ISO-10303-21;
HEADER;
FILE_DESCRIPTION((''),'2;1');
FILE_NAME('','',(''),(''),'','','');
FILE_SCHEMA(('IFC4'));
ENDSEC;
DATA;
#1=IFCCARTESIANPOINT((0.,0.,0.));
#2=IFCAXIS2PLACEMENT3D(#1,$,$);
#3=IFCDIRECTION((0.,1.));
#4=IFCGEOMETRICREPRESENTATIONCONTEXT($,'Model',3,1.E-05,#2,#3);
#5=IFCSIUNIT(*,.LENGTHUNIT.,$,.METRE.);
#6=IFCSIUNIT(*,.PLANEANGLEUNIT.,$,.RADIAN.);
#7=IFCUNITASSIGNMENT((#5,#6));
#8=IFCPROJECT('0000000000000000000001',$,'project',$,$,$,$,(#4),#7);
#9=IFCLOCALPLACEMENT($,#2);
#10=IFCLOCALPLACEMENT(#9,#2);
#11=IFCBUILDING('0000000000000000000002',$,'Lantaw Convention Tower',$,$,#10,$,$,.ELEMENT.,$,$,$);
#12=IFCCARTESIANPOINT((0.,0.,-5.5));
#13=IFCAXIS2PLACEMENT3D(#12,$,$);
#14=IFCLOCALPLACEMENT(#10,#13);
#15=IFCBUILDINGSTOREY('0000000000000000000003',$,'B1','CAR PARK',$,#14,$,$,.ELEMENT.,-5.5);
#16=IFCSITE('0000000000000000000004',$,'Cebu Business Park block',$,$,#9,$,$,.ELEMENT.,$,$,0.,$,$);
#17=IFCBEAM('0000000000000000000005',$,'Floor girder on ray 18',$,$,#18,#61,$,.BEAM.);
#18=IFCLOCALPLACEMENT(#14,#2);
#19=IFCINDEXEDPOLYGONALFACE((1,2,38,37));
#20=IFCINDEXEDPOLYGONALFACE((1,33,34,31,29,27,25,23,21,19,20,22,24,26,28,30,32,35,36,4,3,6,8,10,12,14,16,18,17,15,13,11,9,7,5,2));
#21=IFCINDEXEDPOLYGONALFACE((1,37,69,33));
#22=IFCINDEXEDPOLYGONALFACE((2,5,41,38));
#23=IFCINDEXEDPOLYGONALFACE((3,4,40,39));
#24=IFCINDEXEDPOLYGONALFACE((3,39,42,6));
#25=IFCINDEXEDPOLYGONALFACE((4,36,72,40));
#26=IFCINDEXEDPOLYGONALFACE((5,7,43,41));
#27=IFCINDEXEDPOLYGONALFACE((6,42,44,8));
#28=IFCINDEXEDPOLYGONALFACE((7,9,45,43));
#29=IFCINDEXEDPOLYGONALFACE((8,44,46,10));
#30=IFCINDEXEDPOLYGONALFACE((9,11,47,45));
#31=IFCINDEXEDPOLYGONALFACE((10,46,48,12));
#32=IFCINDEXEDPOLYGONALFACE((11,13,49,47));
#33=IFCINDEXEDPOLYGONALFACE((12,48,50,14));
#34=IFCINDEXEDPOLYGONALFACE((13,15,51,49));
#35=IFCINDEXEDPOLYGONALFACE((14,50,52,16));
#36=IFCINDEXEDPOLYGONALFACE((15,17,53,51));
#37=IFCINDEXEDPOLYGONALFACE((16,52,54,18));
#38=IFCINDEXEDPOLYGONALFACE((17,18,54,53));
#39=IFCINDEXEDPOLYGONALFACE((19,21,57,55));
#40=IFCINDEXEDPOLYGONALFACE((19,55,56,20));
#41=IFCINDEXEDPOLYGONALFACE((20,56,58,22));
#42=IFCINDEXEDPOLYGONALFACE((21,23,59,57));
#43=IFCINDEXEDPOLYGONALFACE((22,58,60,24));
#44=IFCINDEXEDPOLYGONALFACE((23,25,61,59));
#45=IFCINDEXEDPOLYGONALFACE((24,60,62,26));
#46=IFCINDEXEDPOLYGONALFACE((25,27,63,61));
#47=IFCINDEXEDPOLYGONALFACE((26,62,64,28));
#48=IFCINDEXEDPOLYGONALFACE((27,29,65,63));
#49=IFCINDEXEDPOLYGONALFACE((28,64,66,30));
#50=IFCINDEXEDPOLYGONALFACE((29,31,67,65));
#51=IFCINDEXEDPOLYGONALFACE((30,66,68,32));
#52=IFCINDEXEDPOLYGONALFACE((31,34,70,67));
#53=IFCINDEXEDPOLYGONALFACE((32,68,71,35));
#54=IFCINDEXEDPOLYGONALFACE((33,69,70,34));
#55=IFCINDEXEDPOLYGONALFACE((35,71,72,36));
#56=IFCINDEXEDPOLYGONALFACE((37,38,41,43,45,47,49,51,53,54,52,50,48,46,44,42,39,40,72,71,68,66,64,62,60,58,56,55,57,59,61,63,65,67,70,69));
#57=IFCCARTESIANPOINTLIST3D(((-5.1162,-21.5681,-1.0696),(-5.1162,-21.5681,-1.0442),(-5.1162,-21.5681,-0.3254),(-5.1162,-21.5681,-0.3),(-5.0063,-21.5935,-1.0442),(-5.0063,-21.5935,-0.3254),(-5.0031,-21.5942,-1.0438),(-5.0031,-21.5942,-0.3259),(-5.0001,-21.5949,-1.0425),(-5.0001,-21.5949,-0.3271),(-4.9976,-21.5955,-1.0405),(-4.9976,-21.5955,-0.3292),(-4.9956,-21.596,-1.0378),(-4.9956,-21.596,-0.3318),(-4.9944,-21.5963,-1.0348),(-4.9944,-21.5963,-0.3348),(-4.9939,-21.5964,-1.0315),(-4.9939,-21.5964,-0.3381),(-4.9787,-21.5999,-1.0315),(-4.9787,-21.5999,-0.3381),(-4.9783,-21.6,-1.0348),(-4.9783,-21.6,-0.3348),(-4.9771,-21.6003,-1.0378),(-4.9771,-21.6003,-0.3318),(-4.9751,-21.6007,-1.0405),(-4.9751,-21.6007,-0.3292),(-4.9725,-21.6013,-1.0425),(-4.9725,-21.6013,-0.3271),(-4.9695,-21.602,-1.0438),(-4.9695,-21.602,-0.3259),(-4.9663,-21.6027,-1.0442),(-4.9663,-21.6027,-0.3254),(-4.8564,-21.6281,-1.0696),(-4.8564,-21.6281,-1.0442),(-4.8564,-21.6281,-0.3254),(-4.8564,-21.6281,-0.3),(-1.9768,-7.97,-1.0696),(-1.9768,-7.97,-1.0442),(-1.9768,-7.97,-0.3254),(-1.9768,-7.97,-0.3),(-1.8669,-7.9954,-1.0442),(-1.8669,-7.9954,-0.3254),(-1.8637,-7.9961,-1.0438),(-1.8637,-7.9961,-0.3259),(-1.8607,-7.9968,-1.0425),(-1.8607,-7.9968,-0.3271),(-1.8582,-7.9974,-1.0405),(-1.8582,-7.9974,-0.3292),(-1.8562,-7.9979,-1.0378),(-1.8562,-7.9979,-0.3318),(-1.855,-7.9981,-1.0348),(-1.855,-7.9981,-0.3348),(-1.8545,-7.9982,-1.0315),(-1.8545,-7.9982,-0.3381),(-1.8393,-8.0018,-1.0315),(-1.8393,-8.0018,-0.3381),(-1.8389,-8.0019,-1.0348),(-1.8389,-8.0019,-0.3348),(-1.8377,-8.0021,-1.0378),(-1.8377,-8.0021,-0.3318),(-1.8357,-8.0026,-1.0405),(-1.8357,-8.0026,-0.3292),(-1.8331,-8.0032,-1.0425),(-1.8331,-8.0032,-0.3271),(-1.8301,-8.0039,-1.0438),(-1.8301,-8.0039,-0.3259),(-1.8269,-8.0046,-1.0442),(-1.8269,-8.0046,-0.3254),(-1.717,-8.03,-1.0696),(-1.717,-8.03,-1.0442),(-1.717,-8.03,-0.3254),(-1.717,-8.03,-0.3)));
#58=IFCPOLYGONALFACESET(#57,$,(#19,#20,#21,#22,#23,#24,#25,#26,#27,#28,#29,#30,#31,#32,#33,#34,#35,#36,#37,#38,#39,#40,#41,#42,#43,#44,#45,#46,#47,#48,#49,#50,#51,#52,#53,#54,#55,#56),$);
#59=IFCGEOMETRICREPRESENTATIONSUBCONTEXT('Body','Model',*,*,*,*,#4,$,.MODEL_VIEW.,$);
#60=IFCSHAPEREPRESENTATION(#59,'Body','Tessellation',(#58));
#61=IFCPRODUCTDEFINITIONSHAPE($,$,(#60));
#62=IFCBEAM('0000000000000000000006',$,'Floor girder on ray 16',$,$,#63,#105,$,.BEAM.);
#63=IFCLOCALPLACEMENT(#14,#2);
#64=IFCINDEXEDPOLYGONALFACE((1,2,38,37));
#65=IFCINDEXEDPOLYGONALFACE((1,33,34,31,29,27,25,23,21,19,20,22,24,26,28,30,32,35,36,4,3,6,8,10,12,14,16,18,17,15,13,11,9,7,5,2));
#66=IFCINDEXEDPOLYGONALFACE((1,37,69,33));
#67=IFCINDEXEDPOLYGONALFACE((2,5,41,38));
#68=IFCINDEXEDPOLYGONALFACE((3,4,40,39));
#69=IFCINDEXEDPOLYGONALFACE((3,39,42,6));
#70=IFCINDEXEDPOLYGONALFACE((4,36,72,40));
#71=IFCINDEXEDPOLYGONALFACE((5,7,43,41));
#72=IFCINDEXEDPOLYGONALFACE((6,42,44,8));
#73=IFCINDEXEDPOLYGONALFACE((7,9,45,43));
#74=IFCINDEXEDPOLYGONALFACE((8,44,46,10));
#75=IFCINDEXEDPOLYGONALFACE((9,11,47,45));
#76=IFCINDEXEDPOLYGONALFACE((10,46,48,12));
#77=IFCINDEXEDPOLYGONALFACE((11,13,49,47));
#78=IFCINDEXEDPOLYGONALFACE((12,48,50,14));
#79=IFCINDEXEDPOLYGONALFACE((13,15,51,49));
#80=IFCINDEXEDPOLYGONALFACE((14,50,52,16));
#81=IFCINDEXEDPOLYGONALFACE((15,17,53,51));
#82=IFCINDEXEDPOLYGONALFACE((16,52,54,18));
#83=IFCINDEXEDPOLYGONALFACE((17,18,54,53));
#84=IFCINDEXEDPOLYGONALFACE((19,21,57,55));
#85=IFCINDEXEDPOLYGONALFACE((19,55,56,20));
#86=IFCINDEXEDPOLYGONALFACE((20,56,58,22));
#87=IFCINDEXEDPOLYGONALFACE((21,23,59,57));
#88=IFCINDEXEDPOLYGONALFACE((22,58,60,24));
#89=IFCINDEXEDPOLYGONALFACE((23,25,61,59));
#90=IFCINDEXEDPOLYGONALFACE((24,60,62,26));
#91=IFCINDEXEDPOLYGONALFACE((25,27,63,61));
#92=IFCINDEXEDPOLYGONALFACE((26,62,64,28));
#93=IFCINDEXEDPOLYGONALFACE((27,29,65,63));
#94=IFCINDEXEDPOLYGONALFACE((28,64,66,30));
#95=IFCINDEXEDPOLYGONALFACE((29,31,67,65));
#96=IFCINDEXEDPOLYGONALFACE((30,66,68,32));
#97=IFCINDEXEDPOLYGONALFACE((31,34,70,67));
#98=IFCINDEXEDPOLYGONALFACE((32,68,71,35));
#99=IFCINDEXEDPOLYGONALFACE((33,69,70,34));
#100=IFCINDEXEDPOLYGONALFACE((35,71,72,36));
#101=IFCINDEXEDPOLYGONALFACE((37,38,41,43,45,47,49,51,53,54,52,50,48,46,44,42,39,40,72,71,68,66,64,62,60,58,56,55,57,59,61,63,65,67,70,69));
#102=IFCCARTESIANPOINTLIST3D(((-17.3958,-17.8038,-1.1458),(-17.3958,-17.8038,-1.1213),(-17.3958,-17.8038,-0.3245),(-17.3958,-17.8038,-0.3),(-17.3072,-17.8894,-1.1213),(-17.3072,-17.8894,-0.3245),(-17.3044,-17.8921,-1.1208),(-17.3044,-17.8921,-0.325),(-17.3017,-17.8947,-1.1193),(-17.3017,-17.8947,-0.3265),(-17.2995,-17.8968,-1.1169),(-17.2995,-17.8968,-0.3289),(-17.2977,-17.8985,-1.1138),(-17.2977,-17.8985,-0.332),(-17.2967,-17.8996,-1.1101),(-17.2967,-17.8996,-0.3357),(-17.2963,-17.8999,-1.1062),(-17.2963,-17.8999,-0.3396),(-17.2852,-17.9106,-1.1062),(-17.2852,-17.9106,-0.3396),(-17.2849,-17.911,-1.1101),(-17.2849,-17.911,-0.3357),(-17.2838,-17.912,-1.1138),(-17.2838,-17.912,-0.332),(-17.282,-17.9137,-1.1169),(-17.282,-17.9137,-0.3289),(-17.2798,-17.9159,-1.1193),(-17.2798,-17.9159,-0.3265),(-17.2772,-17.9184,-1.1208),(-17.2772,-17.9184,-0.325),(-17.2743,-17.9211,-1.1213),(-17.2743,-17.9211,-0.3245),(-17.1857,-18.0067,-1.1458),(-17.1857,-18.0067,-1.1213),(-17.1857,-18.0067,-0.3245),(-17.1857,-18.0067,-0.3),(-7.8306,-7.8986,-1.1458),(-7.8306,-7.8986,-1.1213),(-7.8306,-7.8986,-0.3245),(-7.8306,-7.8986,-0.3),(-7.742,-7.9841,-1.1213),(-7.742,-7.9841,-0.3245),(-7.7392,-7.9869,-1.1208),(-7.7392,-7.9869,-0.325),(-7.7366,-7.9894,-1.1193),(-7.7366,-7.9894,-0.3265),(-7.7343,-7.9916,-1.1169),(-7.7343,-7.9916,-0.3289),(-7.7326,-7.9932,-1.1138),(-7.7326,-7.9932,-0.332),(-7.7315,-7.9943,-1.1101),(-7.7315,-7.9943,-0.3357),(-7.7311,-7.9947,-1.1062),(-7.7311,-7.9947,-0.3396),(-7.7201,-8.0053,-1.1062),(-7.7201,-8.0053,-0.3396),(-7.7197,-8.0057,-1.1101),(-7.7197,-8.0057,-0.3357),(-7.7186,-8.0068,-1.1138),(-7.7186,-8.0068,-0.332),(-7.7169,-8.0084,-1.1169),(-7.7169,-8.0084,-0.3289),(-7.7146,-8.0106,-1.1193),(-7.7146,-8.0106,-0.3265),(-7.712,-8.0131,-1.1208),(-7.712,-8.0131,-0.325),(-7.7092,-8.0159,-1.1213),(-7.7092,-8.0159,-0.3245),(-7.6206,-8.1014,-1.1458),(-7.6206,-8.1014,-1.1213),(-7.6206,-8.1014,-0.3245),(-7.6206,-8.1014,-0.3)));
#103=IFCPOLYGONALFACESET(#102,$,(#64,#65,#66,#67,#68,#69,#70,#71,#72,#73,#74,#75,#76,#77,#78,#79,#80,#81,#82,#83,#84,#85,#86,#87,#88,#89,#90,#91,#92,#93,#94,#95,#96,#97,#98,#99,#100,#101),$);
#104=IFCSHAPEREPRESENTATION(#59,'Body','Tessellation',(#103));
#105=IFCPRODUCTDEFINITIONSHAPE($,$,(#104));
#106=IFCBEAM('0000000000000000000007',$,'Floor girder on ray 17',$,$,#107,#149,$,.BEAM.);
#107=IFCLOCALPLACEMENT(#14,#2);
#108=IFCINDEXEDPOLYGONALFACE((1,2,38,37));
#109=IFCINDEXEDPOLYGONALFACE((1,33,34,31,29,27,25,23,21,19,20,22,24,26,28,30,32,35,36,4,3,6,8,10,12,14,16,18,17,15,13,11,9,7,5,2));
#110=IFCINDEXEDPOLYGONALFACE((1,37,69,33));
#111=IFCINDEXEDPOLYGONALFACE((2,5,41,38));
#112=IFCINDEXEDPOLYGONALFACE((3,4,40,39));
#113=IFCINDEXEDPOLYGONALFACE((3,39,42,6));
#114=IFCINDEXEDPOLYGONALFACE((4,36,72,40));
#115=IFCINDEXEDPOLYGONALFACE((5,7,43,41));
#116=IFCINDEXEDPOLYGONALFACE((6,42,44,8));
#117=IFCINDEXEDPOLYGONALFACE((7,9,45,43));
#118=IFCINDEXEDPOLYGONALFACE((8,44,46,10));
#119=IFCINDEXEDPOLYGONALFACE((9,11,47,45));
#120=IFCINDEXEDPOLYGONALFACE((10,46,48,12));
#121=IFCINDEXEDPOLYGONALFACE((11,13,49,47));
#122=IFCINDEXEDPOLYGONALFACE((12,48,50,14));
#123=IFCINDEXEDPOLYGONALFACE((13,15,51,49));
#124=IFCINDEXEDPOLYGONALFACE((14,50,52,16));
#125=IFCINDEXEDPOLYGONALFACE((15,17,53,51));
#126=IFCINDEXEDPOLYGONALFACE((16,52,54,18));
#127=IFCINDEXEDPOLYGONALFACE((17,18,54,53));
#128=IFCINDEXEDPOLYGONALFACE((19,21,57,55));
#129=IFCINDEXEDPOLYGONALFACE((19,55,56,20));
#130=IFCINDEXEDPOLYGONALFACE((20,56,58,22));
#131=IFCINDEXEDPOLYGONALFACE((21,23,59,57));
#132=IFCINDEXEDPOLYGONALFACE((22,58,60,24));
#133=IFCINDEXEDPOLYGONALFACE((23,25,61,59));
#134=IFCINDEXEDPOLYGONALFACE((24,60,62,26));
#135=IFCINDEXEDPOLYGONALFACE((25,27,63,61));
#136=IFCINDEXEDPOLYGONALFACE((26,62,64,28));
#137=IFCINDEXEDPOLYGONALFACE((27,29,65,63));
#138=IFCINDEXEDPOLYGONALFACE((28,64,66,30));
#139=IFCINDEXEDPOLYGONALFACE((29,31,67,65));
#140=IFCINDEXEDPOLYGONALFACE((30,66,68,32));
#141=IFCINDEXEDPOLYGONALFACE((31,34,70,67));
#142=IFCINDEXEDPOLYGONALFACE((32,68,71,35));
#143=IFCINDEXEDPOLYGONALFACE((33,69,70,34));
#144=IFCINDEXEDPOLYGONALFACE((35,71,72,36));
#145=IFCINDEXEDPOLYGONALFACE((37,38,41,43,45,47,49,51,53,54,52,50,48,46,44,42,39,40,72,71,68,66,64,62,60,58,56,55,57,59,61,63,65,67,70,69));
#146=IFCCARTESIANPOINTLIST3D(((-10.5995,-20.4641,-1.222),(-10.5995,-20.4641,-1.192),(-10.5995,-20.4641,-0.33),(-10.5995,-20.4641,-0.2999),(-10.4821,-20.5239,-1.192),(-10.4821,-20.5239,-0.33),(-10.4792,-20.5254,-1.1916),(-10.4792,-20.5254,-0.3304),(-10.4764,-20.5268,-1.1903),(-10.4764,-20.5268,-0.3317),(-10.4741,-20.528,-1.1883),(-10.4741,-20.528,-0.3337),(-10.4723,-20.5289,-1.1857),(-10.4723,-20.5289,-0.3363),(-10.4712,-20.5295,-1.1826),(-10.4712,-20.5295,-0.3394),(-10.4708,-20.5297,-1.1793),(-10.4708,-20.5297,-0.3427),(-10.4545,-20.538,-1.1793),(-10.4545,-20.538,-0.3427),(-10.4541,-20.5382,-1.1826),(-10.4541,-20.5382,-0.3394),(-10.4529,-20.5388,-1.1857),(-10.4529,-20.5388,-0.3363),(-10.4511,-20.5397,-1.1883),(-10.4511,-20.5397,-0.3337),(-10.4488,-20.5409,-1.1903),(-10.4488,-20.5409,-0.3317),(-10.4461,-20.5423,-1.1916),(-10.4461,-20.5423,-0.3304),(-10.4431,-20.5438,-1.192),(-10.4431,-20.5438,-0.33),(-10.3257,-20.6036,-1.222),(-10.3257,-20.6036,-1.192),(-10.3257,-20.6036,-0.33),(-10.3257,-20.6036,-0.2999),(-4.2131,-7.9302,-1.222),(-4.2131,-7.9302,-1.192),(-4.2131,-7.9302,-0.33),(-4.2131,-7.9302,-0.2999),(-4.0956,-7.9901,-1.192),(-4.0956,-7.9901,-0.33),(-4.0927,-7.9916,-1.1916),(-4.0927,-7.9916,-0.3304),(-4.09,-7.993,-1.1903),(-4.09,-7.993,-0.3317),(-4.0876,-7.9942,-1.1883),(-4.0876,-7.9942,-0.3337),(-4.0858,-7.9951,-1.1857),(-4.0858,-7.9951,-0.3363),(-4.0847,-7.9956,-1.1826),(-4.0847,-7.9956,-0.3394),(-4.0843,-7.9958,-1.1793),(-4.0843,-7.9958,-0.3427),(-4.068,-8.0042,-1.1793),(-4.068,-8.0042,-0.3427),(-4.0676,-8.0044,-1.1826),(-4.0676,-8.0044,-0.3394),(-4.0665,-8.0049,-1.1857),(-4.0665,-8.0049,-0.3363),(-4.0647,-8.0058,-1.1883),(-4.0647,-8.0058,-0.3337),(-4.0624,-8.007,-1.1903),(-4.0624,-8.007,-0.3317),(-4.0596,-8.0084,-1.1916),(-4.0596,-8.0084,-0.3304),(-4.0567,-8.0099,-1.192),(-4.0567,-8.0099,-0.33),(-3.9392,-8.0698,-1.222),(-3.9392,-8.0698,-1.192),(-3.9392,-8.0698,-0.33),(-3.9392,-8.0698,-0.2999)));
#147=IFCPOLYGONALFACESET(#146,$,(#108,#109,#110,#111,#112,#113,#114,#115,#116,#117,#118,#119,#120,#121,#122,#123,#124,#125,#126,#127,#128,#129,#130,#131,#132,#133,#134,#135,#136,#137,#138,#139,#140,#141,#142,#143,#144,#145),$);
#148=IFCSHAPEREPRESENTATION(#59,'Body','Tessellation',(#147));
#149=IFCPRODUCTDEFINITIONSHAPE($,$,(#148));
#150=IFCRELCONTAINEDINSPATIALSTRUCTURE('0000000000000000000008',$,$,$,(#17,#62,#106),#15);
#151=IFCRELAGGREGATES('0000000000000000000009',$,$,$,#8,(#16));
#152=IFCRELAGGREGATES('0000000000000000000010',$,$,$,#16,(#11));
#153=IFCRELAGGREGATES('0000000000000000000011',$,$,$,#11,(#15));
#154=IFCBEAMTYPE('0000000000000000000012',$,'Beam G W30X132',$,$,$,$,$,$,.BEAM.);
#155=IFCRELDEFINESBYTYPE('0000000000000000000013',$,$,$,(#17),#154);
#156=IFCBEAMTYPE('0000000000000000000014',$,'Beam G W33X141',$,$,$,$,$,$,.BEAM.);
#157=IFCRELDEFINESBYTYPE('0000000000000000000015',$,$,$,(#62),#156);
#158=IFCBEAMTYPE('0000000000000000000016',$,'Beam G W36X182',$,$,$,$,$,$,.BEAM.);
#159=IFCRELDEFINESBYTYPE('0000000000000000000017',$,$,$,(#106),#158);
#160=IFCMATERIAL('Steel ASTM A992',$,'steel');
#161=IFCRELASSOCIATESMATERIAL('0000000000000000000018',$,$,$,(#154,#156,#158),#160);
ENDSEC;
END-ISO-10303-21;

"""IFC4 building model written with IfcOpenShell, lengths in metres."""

from ifc_helpers import new_model, si_unit, direction, frame, origin, origin_2d, place, context, subcontext, project, spatial, i_section, extrude, material, material_profile, profile_set, type_object, element, save


model = new_model("IFC4")

# Units and contexts
model_context = context("Model", 3, precision=1e-05, world=origin(), true_north=direction((0.0, 1.0)))
body_context = subcontext(model_context, "Body", "Model", "MODEL_VIEW")
ifc_project = project(units=[si_unit("LENGTHUNIT", "METRE"), si_unit("PLANEANGLEUNIT", "RADIAN")], contexts=[model_context])

# Site, building, storey
site_placement = place(None, origin())
site = spatial("IfcSite", under=ifc_project, at=site_placement, Name="Cebu Business Park block", CompositionType="ELEMENT", RefElevation=0.0)
building_placement = place(site_placement, origin())
building = spatial("IfcBuilding", under=site, at=building_placement, Name="Lantaw Convention Tower", CompositionType="ELEMENT")
storey_placement = place(building_placement, frame((0.0, 0.0, -5.5)))
storey = spatial("IfcBuildingStorey", under=building, at=storey_placement, Name="B1", Description="CAR PARK", CompositionType="ELEMENT", Elevation=-5.5)

# Beams
ifc_material_1 = material(Name="Steel ASTM A992", Category="steel")
ifc_material_profile_1 = material_profile(ifc_material_1, i_section(OverallWidth=0.2666, OverallDepth=0.7695, WebThickness=0.0156, FlangeThickness=0.0254, FilletRadius=0.0127, at=origin_2d()), Name="W30X132")
ifc_profile_set_1 = profile_set([ifc_material_profile_1], Name="Steel ASTM A992")
beam_type_1 = type_object("IfcBeamType", Name="Beam G W30X132", PredefinedType="BEAM", material=ifc_profile_set_1)
beam_1_placement = place(storey_placement, frame((-1.8469, -8.0, -0.6848), z_axis=(-0.224953, -0.97437, 0.0), x_axis=(0.97437, -0.224953, 0.0)))
element("IfcBeam", 1, at=beam_1_placement, inside=storey, type_object=beam_type_1, Name="Floor girder on ray 18", PredefinedType="BEAM", context=body_context, shape_type="SweptSolid", body=[
    extrude(i_section(OverallWidth=0.2666, OverallDepth=0.7695, WebThickness=0.0156, FlangeThickness=0.0254, FilletRadius=0.0127, at=origin_2d()), origin(), (0.0, 0.0, 1.0), 13.9558),
])
ifc_material_profile_2 = material_profile(ifc_material_1, i_section(OverallWidth=0.292, OverallDepth=0.8457, WebThickness=0.0154, FlangeThickness=0.0244, FilletRadius=0.0151, at=origin_2d()), Name="W33X141")
ifc_profile_set_2 = profile_set([ifc_material_profile_2], Name="Steel ASTM A992")
beam_type_2 = type_object("IfcBeamType", Name="Beam G W33X141", PredefinedType="BEAM", material=ifc_profile_set_2)
beam_2_placement = place(storey_placement, frame((-7.7256, -8.0, -0.7229), z_axis=(-0.69465, -0.719348, 0.0), x_axis=(0.719348, -0.69465, 0.0)))
element("IfcBeam", 2, at=beam_2_placement, inside=storey, type_object=beam_type_2, Name="Floor girder on ray 16", PredefinedType="BEAM", context=body_context, shape_type="SweptSolid", body=[
    extrude(i_section(OverallWidth=0.292, OverallDepth=0.8457, WebThickness=0.0154, FlangeThickness=0.0244, FilletRadius=0.0151, at=origin_2d()), origin(), (0.0, 0.0, 1.0), 13.7698),
])
ifc_material_profile_3 = material_profile(ifc_material_1, i_section(OverallWidth=0.3074, OverallDepth=0.9221, WebThickness=0.0183, FlangeThickness=0.03, FilletRadius=0.0127, at=origin_2d()), Name="W36X182")
ifc_profile_set_3 = profile_set([ifc_material_profile_3], Name="Steel ASTM A992")
beam_type_3 = type_object("IfcBeamType", Name="Beam G W36X182", PredefinedType="BEAM", material=ifc_profile_set_3)
beam_3_placement = place(storey_placement, frame((-4.0762, -8.0, -0.761), z_axis=(-0.453997, -0.891003, 0.0), x_axis=(0.891003, -0.453997, 0.0)))
element("IfcBeam", 3, at=beam_3_placement, inside=storey, type_object=beam_type_3, Name="Floor girder on ray 17", PredefinedType="BEAM", context=body_context, shape_type="SweptSolid", body=[
    extrude(i_section(OverallWidth=0.3074, OverallDepth=0.9221, WebThickness=0.0183, FlangeThickness=0.03, FilletRadius=0.0127, at=origin_2d()), origin(), (0.0, 0.0, 1.0), 14.0671),
])

save(model, "model.ifc")
